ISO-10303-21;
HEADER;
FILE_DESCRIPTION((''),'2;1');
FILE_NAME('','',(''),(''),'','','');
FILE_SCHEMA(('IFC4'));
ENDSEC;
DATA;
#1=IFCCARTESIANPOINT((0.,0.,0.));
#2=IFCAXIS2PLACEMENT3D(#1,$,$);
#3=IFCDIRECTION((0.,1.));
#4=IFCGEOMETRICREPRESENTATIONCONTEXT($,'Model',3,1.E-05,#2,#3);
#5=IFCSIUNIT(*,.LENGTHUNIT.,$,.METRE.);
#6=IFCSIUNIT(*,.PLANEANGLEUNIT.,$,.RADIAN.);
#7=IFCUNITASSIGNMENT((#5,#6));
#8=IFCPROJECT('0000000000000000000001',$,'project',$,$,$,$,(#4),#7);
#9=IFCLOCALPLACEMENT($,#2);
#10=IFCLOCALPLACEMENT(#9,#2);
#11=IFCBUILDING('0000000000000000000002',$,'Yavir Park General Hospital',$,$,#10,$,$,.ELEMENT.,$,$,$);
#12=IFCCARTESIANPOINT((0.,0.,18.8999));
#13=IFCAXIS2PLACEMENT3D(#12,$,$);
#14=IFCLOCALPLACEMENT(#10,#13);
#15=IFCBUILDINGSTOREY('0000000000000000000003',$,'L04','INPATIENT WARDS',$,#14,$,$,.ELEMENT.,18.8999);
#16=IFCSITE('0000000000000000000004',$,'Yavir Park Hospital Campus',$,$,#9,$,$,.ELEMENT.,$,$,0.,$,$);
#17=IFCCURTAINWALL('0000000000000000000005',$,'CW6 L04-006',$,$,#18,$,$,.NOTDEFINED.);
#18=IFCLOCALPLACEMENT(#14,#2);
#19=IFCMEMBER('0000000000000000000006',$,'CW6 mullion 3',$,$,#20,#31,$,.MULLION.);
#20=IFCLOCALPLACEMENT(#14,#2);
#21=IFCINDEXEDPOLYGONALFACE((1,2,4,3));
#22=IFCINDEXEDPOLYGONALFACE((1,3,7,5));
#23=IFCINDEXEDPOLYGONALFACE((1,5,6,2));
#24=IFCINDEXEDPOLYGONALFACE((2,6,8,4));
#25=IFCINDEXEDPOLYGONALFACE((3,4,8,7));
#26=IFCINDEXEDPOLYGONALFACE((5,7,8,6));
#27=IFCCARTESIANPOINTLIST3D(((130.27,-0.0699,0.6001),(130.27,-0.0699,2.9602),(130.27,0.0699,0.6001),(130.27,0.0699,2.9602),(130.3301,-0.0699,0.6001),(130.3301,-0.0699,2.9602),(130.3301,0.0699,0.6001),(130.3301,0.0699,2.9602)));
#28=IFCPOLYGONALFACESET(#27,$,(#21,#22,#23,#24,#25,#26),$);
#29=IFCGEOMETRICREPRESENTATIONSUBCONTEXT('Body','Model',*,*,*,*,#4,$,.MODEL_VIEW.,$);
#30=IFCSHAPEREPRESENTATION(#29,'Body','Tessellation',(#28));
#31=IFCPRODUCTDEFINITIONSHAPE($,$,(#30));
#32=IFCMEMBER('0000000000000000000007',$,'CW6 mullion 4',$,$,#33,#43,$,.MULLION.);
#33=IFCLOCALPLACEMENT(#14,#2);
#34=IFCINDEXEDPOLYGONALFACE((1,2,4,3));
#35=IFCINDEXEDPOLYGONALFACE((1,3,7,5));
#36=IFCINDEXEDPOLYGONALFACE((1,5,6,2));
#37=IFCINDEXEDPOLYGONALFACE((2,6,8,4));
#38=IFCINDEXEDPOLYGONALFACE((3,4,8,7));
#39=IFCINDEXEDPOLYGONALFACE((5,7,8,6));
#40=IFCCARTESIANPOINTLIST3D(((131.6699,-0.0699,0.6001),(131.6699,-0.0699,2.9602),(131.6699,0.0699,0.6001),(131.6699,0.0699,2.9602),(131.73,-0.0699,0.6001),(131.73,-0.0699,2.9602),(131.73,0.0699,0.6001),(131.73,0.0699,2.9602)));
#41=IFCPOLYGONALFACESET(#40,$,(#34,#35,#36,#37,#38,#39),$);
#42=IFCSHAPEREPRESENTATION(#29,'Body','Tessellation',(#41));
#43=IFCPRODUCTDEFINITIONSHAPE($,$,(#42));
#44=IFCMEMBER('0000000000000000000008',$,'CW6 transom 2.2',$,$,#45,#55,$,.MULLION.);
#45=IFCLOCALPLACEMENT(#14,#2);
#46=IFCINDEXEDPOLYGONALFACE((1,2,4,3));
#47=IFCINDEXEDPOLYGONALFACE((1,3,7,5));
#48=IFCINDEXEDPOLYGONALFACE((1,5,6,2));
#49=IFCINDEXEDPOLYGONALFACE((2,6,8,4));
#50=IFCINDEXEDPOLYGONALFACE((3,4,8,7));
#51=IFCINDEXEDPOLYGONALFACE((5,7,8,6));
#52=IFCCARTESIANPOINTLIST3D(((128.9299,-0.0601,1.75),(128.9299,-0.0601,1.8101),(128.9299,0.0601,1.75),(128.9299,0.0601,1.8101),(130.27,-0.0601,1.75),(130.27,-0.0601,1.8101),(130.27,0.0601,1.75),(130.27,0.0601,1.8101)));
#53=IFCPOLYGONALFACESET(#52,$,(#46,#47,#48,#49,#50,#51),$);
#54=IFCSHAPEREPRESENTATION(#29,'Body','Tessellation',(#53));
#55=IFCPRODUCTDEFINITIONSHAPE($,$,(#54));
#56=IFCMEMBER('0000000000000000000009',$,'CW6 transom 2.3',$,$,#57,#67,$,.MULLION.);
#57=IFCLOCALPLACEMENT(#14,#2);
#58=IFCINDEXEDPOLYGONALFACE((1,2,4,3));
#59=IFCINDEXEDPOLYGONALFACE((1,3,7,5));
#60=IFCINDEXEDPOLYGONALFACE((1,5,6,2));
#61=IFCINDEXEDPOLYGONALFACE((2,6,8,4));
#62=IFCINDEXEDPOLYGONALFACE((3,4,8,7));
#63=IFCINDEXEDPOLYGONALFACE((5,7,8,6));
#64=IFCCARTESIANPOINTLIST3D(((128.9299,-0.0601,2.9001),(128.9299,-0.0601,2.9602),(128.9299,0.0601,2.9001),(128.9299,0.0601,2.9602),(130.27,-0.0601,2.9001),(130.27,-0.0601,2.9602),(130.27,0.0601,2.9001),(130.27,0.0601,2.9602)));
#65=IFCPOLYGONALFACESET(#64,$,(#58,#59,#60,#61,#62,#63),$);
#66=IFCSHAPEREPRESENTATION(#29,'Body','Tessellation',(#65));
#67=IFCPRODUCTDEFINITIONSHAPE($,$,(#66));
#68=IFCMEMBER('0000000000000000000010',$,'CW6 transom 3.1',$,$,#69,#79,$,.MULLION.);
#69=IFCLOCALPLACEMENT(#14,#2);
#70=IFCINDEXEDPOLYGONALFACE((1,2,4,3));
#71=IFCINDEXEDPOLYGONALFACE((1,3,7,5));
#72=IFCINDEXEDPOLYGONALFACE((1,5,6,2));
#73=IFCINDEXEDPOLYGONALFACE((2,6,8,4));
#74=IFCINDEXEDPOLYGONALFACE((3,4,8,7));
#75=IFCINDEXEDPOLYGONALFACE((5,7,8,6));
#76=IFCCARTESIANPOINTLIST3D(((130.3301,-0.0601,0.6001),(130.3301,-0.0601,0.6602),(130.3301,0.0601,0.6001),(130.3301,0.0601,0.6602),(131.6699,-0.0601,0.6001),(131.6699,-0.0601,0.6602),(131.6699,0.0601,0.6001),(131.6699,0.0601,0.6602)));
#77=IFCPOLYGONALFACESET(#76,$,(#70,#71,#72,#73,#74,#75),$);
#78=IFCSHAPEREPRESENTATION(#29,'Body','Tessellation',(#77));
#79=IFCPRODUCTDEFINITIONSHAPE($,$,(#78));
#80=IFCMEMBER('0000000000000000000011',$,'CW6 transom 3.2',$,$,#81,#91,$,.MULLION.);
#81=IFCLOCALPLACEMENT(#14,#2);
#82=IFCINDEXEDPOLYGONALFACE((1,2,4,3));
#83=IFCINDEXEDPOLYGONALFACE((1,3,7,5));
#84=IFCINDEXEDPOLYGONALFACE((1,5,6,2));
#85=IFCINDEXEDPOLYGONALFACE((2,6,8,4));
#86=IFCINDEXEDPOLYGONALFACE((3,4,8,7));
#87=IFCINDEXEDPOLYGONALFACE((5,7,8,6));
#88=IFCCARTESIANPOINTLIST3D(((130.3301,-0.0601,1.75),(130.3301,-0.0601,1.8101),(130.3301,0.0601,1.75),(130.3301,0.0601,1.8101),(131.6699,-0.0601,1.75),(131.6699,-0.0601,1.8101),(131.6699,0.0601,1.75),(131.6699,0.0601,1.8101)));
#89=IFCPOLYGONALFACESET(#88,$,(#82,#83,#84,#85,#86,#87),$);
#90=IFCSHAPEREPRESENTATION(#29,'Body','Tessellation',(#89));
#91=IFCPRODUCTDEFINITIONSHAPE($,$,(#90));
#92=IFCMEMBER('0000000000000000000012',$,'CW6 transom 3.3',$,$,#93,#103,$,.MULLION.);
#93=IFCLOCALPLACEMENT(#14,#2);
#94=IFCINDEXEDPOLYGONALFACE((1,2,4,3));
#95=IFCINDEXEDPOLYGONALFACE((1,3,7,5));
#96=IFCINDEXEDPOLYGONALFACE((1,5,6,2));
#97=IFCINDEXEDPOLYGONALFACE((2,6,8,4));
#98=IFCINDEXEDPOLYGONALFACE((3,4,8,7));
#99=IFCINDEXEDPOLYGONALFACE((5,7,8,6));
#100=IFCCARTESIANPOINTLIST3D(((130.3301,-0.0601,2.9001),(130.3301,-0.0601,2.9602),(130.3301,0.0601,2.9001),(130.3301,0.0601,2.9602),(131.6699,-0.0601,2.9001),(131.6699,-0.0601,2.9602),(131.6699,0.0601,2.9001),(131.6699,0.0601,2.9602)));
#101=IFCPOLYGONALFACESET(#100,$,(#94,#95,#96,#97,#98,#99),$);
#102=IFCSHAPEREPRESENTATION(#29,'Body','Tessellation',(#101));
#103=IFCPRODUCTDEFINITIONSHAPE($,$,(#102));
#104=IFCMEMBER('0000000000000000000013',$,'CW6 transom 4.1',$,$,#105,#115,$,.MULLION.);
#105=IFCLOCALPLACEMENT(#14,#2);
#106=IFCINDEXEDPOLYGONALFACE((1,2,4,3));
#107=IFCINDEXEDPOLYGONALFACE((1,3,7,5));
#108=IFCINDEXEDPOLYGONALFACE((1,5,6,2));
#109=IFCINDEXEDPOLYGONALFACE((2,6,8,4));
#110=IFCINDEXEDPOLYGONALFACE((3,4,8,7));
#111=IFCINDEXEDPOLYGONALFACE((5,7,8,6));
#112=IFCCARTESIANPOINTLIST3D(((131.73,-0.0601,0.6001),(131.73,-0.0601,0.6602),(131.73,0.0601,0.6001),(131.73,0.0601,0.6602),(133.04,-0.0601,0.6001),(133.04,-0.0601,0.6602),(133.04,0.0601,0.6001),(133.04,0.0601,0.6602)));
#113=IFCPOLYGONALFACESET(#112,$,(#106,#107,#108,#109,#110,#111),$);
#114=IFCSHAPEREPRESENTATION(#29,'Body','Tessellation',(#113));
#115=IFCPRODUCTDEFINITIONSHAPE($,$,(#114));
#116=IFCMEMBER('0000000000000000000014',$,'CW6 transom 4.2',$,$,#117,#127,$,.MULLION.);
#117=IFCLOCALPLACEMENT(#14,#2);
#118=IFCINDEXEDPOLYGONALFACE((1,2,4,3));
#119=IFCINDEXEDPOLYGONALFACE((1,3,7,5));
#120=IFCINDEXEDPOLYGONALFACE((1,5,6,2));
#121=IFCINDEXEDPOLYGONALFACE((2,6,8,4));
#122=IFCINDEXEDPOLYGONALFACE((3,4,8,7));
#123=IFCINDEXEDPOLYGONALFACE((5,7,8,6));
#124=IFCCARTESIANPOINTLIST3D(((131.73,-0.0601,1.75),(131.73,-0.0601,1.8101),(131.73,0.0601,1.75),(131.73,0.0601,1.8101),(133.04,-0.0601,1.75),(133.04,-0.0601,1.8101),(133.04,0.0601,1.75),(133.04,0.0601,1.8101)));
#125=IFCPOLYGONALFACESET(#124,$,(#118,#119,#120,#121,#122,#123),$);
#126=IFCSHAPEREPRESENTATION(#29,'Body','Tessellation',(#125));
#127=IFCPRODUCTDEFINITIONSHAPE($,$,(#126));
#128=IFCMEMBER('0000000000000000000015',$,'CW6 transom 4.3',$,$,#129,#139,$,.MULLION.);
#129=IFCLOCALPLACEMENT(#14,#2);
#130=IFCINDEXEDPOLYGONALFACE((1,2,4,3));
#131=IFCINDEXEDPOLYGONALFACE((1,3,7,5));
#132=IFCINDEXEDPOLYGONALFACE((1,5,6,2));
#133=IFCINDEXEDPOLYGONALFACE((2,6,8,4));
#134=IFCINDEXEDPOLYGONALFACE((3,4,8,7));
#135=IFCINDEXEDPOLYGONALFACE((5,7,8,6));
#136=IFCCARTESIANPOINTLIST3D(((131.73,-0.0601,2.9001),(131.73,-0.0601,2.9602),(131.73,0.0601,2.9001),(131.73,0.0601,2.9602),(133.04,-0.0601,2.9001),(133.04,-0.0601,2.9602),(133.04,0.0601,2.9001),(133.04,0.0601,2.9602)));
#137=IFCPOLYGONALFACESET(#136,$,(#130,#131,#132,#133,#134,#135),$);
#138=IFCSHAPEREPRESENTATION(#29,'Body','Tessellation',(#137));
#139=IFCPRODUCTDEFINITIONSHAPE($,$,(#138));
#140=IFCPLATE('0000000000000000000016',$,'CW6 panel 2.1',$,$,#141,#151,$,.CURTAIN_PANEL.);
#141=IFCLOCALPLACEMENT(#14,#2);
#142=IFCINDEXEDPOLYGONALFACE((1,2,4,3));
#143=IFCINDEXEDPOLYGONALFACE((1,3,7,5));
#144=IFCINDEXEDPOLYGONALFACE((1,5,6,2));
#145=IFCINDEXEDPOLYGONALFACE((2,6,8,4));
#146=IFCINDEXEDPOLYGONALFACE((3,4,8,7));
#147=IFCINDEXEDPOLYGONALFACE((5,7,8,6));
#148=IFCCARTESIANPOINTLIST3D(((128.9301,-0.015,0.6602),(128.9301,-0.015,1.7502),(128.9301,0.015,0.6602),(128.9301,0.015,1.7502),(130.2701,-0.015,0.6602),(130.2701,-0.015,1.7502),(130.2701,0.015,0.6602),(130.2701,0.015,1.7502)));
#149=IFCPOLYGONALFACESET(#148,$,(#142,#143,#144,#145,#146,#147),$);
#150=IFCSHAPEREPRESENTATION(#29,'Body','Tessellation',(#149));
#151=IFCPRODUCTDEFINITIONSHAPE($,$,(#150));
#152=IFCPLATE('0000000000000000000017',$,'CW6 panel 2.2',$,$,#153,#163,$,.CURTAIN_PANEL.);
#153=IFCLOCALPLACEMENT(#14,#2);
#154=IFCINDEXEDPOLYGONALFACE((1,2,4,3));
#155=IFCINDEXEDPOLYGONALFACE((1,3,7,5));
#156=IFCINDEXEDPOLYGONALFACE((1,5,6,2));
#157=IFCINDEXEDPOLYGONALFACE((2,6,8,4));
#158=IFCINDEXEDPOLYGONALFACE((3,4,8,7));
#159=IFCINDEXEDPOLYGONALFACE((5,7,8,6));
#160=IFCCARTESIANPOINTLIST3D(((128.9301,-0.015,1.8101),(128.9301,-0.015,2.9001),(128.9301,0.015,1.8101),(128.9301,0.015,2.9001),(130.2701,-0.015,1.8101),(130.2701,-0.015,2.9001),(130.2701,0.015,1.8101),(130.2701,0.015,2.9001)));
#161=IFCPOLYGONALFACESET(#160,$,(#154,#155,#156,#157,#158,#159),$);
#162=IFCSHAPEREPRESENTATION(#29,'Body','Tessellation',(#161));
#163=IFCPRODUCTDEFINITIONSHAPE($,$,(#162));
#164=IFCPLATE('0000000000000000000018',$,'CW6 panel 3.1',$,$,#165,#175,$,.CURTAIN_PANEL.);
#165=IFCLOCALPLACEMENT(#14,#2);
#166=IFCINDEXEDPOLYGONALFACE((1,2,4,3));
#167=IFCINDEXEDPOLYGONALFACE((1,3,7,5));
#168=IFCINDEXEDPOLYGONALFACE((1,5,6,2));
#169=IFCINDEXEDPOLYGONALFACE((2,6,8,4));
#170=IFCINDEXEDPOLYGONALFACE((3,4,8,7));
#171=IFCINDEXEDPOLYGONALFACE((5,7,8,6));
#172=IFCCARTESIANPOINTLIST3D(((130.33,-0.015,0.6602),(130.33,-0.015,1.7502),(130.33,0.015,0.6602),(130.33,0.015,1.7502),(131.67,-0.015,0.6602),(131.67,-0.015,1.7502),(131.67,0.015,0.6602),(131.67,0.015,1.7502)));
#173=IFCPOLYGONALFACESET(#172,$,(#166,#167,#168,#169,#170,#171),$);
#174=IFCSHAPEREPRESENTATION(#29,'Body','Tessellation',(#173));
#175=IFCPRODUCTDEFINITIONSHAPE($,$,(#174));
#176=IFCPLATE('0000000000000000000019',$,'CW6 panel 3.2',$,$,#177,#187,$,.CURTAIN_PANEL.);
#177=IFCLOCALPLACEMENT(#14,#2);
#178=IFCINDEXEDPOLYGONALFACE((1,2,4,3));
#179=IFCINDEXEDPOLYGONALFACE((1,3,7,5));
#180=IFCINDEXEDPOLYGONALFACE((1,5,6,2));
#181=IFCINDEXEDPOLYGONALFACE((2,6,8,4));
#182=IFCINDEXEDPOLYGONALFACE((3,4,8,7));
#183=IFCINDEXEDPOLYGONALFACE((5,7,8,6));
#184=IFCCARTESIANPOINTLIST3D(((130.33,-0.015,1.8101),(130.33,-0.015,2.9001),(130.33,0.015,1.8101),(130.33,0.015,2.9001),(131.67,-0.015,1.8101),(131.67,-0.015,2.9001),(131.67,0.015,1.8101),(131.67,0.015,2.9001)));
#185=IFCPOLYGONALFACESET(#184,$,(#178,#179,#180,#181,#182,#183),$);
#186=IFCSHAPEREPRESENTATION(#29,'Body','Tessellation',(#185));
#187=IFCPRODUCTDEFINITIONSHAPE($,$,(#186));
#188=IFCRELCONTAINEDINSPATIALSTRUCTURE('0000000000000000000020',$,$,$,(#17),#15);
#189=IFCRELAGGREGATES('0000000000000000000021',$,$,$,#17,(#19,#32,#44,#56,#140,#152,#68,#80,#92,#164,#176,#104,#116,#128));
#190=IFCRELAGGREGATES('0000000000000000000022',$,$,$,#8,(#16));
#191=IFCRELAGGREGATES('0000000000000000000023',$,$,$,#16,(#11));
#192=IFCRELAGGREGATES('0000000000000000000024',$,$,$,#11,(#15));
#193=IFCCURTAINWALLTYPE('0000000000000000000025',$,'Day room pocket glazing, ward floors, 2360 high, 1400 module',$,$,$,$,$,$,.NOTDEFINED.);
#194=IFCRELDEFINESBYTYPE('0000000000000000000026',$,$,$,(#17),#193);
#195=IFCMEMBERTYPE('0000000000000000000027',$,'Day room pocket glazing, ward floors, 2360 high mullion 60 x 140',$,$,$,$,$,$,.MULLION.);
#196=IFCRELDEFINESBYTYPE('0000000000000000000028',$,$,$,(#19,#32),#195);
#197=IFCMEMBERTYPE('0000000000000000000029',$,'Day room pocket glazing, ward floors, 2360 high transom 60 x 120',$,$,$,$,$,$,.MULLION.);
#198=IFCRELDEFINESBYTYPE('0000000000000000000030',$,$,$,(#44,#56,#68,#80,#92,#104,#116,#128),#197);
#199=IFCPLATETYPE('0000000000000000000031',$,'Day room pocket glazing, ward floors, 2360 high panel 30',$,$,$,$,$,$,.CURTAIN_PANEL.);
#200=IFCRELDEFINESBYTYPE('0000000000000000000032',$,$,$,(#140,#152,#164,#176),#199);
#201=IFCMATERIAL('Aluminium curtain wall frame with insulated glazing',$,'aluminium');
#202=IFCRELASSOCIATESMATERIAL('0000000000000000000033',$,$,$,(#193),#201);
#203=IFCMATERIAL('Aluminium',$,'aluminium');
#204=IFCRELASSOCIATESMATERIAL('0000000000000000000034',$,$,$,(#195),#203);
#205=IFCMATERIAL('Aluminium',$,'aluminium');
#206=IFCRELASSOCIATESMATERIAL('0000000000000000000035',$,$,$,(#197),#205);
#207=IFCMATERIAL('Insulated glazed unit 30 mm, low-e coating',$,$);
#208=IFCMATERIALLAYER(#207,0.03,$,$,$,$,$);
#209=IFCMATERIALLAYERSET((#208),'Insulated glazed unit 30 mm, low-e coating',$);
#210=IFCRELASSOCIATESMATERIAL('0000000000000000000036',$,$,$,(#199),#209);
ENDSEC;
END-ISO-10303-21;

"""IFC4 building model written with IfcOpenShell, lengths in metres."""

from ifc_helpers import new_model, si_unit, direction, frame, origin, origin_2d, place, context, subcontext, project, spatial, rectangle, extrude, material, layer, layer_set, material_profile, profile_set, type_object, element, aggregate, save


model = new_model("IFC4")

# Units and contexts
model_context = context("Model", 3, precision=1e-05, world=origin(), true_north=direction((0.0, 1.0)))
body_context = subcontext(model_context, "Body", "Model", "MODEL_VIEW")
ifc_project = project(units=[si_unit("LENGTHUNIT", "METRE"), si_unit("PLANEANGLEUNIT", "RADIAN")], contexts=[model_context])

# Site, building, storey
site_placement = place(None, origin())
site = spatial("IfcSite", under=ifc_project, at=site_placement, Name="Yavir Park Hospital Campus", CompositionType="ELEMENT", RefElevation=0.0)
building_placement = place(site_placement, origin())
building = spatial("IfcBuilding", under=site, at=building_placement, Name="Yavir Park General Hospital", CompositionType="ELEMENT")
storey_placement = place(building_placement, frame((0.0, 0.0, 18.8999)))
storey = spatial("IfcBuildingStorey", under=building, at=storey_placement, Name="L04", Description="INPATIENT WARDS", CompositionType="ELEMENT", Elevation=18.8999)

# Curtain wall, members, plates
ifc_material_1 = material(Name="Aluminium curtain wall frame with insulated glazing", Category="aluminium")
curtain_wall_type = type_object("IfcCurtainWallType", Name="Day room pocket glazing, ward floors, 2360 high, 1400 module", PredefinedType="NOTDEFINED", material=ifc_material_1)
curtain_wall_placement = place(storey_placement, origin())
curtain_wall = element("IfcCurtainWall", 1, at=curtain_wall_placement, inside=storey, type_object=curtain_wall_type, Name="CW6 L04-006", PredefinedType="NOTDEFINED")
ifc_material_2 = material(Name="Aluminium", Category="aluminium")
ifc_material_profile_1 = material_profile(ifc_material_2, rectangle(XDim=0.1399, YDim=0.0601, at=origin_2d()), Name="AL 60x140")
ifc_profile_set_1 = profile_set([ifc_material_profile_1], Name="Aluminium")
member_type_1 = type_object("IfcMemberType", Name="Day room pocket glazing, ward floors, 2360 high mullion 60 x 140", PredefinedType="MULLION", material=ifc_profile_set_1)
member_1_placement = place(storey_placement, frame((130.3, 0.0, 0.6001), z_axis=(0.0, 0.0, 1.0), x_axis=(0.0, 1.0, 0.0)))
member_1 = element("IfcMember", 2, at=member_1_placement, type_object=member_type_1, Name="CW6 mullion 3", PredefinedType="MULLION", context=body_context, shape_type="SweptSolid", body=[
    extrude(rectangle(XDim=0.1399, YDim=0.0601, at=origin_2d()), origin(), (0.0, 0.0, 1.0), 2.3601),
])
member_2_placement = place(storey_placement, frame((131.7, 0.0, 0.6001), z_axis=(0.0, 0.0, 1.0), x_axis=(0.0, 1.0, 0.0)))
member_2 = element("IfcMember", 3, at=member_2_placement, type_object=member_type_1, Name="CW6 mullion 4", PredefinedType="MULLION", context=body_context, shape_type="SweptSolid", body=[
    extrude(rectangle(XDim=0.1399, YDim=0.0601, at=origin_2d()), origin(), (0.0, 0.0, 1.0), 2.3601),
])
ifc_material_3 = material(Name="Aluminium", Category="aluminium")
ifc_material_profile_2 = material_profile(ifc_material_3, rectangle(XDim=0.1201, YDim=0.0601, at=origin_2d()), Name="AL 120x60")
ifc_profile_set_2 = profile_set([ifc_material_profile_2], Name="Aluminium")
member_type_2 = type_object("IfcMemberType", Name="Day room pocket glazing, ward floors, 2360 high transom 60 x 120", PredefinedType="MULLION", material=ifc_profile_set_2)
member_3_placement = place(storey_placement, frame((128.9299, 0.0, 1.78), z_axis=(1.0, 0.0, 0.0), x_axis=(0.0, 1.0, 0.0)))
member_3 = element("IfcMember", 4, at=member_3_placement, type_object=member_type_2, Name="CW6 transom 2.2", PredefinedType="MULLION", context=body_context, shape_type="SweptSolid", body=[
    extrude(rectangle(XDim=0.1201, YDim=0.0601, at=origin_2d()), origin(), (0.0, 0.0, 1.0), 1.3401),
])
member_4_placement = place(storey_placement, frame((128.9299, 0.0, 2.9302), z_axis=(1.0, 0.0, 0.0), x_axis=(0.0, 1.0, 0.0)))
member_4 = element("IfcMember", 5, at=member_4_placement, type_object=member_type_2, Name="CW6 transom 2.3", PredefinedType="MULLION", context=body_context, shape_type="SweptSolid", body=[
    extrude(rectangle(XDim=0.1201, YDim=0.0601, at=origin_2d()), origin(), (0.0, 0.0, 1.0), 1.3401),
])
member_5_placement = place(storey_placement, frame((130.3301, 0.0, 0.6301), z_axis=(1.0, 0.0, 0.0), x_axis=(0.0, 1.0, 0.0)))
member_5 = element("IfcMember", 6, at=member_5_placement, type_object=member_type_2, Name="CW6 transom 3.1", PredefinedType="MULLION", context=body_context, shape_type="SweptSolid", body=[
    extrude(rectangle(XDim=0.1201, YDim=0.0601, at=origin_2d()), origin(), (0.0, 0.0, 1.0), 1.3398),
])
member_6_placement = place(storey_placement, frame((130.3301, 0.0, 1.78), z_axis=(1.0, 0.0, 0.0), x_axis=(0.0, 1.0, 0.0)))
member_6 = element("IfcMember", 7, at=member_6_placement, type_object=member_type_2, Name="CW6 transom 3.2", PredefinedType="MULLION", context=body_context, shape_type="SweptSolid", body=[
    extrude(rectangle(XDim=0.1201, YDim=0.0601, at=origin_2d()), origin(), (0.0, 0.0, 1.0), 1.3398),
])
member_7_placement = place(storey_placement, frame((130.3301, 0.0, 2.9302), z_axis=(1.0, 0.0, 0.0), x_axis=(0.0, 1.0, 0.0)))
member_7 = element("IfcMember", 8, at=member_7_placement, type_object=member_type_2, Name="CW6 transom 3.3", PredefinedType="MULLION", context=body_context, shape_type="SweptSolid", body=[
    extrude(rectangle(XDim=0.1201, YDim=0.0601, at=origin_2d()), origin(), (0.0, 0.0, 1.0), 1.3398),
])
member_8_placement = place(storey_placement, frame((131.73, 0.0, 0.6301), z_axis=(1.0, 0.0, 0.0), x_axis=(0.0, 1.0, 0.0)))
member_8 = element("IfcMember", 9, at=member_8_placement, type_object=member_type_2, Name="CW6 transom 4.1", PredefinedType="MULLION", context=body_context, shape_type="SweptSolid", body=[
    extrude(rectangle(XDim=0.1201, YDim=0.0601, at=origin_2d()), origin(), (0.0, 0.0, 1.0), 1.3101),
])
member_9_placement = place(storey_placement, frame((131.73, 0.0, 1.78), z_axis=(1.0, 0.0, 0.0), x_axis=(0.0, 1.0, 0.0)))
member_9 = element("IfcMember", 10, at=member_9_placement, type_object=member_type_2, Name="CW6 transom 4.2", PredefinedType="MULLION", context=body_context, shape_type="SweptSolid", body=[
    extrude(rectangle(XDim=0.1201, YDim=0.0601, at=origin_2d()), origin(), (0.0, 0.0, 1.0), 1.3101),
])
member_10_placement = place(storey_placement, frame((131.73, 0.0, 2.9302), z_axis=(1.0, 0.0, 0.0), x_axis=(0.0, 1.0, 0.0)))
member_10 = element("IfcMember", 11, at=member_10_placement, type_object=member_type_2, Name="CW6 transom 4.3", PredefinedType="MULLION", context=body_context, shape_type="SweptSolid", body=[
    extrude(rectangle(XDim=0.1201, YDim=0.0601, at=origin_2d()), origin(), (0.0, 0.0, 1.0), 1.3101),
])
ifc_material_4 = material(Name="Insulated glazed unit 30 mm, low-e coating")
ifc_layer_1 = layer(ifc_material_4, 0.03)
ifc_layer_set_1 = layer_set([ifc_layer_1], Name="Insulated glazed unit 30 mm, low-e coating")
plate_type = type_object("IfcPlateType", Name="Day room pocket glazing, ward floors, 2360 high panel 30", PredefinedType="CURTAIN_PANEL", material=ifc_layer_set_1)
plate_1_placement = place(storey_placement, frame((129.6001, 0.0, 0.6602), z_axis=(0.0, 0.0, 1.0), x_axis=(1.0, 0.0, 0.0)))
plate_1 = element("IfcPlate", 12, at=plate_1_placement, type_object=plate_type, Name="CW6 panel 2.1", PredefinedType="CURTAIN_PANEL", context=body_context, shape_type="SweptSolid", body=[
    extrude(rectangle(XDim=1.3401, YDim=0.03, at=origin_2d()), origin(), (0.0, 0.0, 1.0), 1.0901),
])
plate_2_placement = place(storey_placement, frame((129.6001, 0.0, 1.8101), z_axis=(0.0, 0.0, 1.0), x_axis=(1.0, 0.0, 0.0)))
plate_2 = element("IfcPlate", 13, at=plate_2_placement, type_object=plate_type, Name="CW6 panel 2.2", PredefinedType="CURTAIN_PANEL", context=body_context, shape_type="SweptSolid", body=[
    extrude(rectangle(XDim=1.3401, YDim=0.03, at=origin_2d()), origin(), (0.0, 0.0, 1.0), 1.0901),
])
plate_3_placement = place(storey_placement, frame((131.0, 0.0, 0.6602), z_axis=(0.0, 0.0, 1.0), x_axis=(1.0, 0.0, 0.0)))
plate_3 = element("IfcPlate", 14, at=plate_3_placement, type_object=plate_type, Name="CW6 panel 3.1", PredefinedType="CURTAIN_PANEL", context=body_context, shape_type="SweptSolid", body=[
    extrude(rectangle(XDim=1.3401, YDim=0.03, at=origin_2d()), origin(), (0.0, 0.0, 1.0), 1.0901),
])
plate_4_placement = place(storey_placement, frame((131.0, 0.0, 1.8101), z_axis=(0.0, 0.0, 1.0), x_axis=(1.0, 0.0, 0.0)))
plate_4 = element("IfcPlate", 15, at=plate_4_placement, type_object=plate_type, Name="CW6 panel 3.2", PredefinedType="CURTAIN_PANEL", context=body_context, shape_type="SweptSolid", body=[
    extrude(rectangle(XDim=1.3401, YDim=0.03, at=origin_2d()), origin(), (0.0, 0.0, 1.0), 1.0901),
])
aggregate(curtain_wall, [member_1, member_2, member_3, member_4, plate_1, plate_2, member_5, member_6, member_7, plate_3, plate_4, member_8, member_9, member_10])

save(model, "model.ifc")
